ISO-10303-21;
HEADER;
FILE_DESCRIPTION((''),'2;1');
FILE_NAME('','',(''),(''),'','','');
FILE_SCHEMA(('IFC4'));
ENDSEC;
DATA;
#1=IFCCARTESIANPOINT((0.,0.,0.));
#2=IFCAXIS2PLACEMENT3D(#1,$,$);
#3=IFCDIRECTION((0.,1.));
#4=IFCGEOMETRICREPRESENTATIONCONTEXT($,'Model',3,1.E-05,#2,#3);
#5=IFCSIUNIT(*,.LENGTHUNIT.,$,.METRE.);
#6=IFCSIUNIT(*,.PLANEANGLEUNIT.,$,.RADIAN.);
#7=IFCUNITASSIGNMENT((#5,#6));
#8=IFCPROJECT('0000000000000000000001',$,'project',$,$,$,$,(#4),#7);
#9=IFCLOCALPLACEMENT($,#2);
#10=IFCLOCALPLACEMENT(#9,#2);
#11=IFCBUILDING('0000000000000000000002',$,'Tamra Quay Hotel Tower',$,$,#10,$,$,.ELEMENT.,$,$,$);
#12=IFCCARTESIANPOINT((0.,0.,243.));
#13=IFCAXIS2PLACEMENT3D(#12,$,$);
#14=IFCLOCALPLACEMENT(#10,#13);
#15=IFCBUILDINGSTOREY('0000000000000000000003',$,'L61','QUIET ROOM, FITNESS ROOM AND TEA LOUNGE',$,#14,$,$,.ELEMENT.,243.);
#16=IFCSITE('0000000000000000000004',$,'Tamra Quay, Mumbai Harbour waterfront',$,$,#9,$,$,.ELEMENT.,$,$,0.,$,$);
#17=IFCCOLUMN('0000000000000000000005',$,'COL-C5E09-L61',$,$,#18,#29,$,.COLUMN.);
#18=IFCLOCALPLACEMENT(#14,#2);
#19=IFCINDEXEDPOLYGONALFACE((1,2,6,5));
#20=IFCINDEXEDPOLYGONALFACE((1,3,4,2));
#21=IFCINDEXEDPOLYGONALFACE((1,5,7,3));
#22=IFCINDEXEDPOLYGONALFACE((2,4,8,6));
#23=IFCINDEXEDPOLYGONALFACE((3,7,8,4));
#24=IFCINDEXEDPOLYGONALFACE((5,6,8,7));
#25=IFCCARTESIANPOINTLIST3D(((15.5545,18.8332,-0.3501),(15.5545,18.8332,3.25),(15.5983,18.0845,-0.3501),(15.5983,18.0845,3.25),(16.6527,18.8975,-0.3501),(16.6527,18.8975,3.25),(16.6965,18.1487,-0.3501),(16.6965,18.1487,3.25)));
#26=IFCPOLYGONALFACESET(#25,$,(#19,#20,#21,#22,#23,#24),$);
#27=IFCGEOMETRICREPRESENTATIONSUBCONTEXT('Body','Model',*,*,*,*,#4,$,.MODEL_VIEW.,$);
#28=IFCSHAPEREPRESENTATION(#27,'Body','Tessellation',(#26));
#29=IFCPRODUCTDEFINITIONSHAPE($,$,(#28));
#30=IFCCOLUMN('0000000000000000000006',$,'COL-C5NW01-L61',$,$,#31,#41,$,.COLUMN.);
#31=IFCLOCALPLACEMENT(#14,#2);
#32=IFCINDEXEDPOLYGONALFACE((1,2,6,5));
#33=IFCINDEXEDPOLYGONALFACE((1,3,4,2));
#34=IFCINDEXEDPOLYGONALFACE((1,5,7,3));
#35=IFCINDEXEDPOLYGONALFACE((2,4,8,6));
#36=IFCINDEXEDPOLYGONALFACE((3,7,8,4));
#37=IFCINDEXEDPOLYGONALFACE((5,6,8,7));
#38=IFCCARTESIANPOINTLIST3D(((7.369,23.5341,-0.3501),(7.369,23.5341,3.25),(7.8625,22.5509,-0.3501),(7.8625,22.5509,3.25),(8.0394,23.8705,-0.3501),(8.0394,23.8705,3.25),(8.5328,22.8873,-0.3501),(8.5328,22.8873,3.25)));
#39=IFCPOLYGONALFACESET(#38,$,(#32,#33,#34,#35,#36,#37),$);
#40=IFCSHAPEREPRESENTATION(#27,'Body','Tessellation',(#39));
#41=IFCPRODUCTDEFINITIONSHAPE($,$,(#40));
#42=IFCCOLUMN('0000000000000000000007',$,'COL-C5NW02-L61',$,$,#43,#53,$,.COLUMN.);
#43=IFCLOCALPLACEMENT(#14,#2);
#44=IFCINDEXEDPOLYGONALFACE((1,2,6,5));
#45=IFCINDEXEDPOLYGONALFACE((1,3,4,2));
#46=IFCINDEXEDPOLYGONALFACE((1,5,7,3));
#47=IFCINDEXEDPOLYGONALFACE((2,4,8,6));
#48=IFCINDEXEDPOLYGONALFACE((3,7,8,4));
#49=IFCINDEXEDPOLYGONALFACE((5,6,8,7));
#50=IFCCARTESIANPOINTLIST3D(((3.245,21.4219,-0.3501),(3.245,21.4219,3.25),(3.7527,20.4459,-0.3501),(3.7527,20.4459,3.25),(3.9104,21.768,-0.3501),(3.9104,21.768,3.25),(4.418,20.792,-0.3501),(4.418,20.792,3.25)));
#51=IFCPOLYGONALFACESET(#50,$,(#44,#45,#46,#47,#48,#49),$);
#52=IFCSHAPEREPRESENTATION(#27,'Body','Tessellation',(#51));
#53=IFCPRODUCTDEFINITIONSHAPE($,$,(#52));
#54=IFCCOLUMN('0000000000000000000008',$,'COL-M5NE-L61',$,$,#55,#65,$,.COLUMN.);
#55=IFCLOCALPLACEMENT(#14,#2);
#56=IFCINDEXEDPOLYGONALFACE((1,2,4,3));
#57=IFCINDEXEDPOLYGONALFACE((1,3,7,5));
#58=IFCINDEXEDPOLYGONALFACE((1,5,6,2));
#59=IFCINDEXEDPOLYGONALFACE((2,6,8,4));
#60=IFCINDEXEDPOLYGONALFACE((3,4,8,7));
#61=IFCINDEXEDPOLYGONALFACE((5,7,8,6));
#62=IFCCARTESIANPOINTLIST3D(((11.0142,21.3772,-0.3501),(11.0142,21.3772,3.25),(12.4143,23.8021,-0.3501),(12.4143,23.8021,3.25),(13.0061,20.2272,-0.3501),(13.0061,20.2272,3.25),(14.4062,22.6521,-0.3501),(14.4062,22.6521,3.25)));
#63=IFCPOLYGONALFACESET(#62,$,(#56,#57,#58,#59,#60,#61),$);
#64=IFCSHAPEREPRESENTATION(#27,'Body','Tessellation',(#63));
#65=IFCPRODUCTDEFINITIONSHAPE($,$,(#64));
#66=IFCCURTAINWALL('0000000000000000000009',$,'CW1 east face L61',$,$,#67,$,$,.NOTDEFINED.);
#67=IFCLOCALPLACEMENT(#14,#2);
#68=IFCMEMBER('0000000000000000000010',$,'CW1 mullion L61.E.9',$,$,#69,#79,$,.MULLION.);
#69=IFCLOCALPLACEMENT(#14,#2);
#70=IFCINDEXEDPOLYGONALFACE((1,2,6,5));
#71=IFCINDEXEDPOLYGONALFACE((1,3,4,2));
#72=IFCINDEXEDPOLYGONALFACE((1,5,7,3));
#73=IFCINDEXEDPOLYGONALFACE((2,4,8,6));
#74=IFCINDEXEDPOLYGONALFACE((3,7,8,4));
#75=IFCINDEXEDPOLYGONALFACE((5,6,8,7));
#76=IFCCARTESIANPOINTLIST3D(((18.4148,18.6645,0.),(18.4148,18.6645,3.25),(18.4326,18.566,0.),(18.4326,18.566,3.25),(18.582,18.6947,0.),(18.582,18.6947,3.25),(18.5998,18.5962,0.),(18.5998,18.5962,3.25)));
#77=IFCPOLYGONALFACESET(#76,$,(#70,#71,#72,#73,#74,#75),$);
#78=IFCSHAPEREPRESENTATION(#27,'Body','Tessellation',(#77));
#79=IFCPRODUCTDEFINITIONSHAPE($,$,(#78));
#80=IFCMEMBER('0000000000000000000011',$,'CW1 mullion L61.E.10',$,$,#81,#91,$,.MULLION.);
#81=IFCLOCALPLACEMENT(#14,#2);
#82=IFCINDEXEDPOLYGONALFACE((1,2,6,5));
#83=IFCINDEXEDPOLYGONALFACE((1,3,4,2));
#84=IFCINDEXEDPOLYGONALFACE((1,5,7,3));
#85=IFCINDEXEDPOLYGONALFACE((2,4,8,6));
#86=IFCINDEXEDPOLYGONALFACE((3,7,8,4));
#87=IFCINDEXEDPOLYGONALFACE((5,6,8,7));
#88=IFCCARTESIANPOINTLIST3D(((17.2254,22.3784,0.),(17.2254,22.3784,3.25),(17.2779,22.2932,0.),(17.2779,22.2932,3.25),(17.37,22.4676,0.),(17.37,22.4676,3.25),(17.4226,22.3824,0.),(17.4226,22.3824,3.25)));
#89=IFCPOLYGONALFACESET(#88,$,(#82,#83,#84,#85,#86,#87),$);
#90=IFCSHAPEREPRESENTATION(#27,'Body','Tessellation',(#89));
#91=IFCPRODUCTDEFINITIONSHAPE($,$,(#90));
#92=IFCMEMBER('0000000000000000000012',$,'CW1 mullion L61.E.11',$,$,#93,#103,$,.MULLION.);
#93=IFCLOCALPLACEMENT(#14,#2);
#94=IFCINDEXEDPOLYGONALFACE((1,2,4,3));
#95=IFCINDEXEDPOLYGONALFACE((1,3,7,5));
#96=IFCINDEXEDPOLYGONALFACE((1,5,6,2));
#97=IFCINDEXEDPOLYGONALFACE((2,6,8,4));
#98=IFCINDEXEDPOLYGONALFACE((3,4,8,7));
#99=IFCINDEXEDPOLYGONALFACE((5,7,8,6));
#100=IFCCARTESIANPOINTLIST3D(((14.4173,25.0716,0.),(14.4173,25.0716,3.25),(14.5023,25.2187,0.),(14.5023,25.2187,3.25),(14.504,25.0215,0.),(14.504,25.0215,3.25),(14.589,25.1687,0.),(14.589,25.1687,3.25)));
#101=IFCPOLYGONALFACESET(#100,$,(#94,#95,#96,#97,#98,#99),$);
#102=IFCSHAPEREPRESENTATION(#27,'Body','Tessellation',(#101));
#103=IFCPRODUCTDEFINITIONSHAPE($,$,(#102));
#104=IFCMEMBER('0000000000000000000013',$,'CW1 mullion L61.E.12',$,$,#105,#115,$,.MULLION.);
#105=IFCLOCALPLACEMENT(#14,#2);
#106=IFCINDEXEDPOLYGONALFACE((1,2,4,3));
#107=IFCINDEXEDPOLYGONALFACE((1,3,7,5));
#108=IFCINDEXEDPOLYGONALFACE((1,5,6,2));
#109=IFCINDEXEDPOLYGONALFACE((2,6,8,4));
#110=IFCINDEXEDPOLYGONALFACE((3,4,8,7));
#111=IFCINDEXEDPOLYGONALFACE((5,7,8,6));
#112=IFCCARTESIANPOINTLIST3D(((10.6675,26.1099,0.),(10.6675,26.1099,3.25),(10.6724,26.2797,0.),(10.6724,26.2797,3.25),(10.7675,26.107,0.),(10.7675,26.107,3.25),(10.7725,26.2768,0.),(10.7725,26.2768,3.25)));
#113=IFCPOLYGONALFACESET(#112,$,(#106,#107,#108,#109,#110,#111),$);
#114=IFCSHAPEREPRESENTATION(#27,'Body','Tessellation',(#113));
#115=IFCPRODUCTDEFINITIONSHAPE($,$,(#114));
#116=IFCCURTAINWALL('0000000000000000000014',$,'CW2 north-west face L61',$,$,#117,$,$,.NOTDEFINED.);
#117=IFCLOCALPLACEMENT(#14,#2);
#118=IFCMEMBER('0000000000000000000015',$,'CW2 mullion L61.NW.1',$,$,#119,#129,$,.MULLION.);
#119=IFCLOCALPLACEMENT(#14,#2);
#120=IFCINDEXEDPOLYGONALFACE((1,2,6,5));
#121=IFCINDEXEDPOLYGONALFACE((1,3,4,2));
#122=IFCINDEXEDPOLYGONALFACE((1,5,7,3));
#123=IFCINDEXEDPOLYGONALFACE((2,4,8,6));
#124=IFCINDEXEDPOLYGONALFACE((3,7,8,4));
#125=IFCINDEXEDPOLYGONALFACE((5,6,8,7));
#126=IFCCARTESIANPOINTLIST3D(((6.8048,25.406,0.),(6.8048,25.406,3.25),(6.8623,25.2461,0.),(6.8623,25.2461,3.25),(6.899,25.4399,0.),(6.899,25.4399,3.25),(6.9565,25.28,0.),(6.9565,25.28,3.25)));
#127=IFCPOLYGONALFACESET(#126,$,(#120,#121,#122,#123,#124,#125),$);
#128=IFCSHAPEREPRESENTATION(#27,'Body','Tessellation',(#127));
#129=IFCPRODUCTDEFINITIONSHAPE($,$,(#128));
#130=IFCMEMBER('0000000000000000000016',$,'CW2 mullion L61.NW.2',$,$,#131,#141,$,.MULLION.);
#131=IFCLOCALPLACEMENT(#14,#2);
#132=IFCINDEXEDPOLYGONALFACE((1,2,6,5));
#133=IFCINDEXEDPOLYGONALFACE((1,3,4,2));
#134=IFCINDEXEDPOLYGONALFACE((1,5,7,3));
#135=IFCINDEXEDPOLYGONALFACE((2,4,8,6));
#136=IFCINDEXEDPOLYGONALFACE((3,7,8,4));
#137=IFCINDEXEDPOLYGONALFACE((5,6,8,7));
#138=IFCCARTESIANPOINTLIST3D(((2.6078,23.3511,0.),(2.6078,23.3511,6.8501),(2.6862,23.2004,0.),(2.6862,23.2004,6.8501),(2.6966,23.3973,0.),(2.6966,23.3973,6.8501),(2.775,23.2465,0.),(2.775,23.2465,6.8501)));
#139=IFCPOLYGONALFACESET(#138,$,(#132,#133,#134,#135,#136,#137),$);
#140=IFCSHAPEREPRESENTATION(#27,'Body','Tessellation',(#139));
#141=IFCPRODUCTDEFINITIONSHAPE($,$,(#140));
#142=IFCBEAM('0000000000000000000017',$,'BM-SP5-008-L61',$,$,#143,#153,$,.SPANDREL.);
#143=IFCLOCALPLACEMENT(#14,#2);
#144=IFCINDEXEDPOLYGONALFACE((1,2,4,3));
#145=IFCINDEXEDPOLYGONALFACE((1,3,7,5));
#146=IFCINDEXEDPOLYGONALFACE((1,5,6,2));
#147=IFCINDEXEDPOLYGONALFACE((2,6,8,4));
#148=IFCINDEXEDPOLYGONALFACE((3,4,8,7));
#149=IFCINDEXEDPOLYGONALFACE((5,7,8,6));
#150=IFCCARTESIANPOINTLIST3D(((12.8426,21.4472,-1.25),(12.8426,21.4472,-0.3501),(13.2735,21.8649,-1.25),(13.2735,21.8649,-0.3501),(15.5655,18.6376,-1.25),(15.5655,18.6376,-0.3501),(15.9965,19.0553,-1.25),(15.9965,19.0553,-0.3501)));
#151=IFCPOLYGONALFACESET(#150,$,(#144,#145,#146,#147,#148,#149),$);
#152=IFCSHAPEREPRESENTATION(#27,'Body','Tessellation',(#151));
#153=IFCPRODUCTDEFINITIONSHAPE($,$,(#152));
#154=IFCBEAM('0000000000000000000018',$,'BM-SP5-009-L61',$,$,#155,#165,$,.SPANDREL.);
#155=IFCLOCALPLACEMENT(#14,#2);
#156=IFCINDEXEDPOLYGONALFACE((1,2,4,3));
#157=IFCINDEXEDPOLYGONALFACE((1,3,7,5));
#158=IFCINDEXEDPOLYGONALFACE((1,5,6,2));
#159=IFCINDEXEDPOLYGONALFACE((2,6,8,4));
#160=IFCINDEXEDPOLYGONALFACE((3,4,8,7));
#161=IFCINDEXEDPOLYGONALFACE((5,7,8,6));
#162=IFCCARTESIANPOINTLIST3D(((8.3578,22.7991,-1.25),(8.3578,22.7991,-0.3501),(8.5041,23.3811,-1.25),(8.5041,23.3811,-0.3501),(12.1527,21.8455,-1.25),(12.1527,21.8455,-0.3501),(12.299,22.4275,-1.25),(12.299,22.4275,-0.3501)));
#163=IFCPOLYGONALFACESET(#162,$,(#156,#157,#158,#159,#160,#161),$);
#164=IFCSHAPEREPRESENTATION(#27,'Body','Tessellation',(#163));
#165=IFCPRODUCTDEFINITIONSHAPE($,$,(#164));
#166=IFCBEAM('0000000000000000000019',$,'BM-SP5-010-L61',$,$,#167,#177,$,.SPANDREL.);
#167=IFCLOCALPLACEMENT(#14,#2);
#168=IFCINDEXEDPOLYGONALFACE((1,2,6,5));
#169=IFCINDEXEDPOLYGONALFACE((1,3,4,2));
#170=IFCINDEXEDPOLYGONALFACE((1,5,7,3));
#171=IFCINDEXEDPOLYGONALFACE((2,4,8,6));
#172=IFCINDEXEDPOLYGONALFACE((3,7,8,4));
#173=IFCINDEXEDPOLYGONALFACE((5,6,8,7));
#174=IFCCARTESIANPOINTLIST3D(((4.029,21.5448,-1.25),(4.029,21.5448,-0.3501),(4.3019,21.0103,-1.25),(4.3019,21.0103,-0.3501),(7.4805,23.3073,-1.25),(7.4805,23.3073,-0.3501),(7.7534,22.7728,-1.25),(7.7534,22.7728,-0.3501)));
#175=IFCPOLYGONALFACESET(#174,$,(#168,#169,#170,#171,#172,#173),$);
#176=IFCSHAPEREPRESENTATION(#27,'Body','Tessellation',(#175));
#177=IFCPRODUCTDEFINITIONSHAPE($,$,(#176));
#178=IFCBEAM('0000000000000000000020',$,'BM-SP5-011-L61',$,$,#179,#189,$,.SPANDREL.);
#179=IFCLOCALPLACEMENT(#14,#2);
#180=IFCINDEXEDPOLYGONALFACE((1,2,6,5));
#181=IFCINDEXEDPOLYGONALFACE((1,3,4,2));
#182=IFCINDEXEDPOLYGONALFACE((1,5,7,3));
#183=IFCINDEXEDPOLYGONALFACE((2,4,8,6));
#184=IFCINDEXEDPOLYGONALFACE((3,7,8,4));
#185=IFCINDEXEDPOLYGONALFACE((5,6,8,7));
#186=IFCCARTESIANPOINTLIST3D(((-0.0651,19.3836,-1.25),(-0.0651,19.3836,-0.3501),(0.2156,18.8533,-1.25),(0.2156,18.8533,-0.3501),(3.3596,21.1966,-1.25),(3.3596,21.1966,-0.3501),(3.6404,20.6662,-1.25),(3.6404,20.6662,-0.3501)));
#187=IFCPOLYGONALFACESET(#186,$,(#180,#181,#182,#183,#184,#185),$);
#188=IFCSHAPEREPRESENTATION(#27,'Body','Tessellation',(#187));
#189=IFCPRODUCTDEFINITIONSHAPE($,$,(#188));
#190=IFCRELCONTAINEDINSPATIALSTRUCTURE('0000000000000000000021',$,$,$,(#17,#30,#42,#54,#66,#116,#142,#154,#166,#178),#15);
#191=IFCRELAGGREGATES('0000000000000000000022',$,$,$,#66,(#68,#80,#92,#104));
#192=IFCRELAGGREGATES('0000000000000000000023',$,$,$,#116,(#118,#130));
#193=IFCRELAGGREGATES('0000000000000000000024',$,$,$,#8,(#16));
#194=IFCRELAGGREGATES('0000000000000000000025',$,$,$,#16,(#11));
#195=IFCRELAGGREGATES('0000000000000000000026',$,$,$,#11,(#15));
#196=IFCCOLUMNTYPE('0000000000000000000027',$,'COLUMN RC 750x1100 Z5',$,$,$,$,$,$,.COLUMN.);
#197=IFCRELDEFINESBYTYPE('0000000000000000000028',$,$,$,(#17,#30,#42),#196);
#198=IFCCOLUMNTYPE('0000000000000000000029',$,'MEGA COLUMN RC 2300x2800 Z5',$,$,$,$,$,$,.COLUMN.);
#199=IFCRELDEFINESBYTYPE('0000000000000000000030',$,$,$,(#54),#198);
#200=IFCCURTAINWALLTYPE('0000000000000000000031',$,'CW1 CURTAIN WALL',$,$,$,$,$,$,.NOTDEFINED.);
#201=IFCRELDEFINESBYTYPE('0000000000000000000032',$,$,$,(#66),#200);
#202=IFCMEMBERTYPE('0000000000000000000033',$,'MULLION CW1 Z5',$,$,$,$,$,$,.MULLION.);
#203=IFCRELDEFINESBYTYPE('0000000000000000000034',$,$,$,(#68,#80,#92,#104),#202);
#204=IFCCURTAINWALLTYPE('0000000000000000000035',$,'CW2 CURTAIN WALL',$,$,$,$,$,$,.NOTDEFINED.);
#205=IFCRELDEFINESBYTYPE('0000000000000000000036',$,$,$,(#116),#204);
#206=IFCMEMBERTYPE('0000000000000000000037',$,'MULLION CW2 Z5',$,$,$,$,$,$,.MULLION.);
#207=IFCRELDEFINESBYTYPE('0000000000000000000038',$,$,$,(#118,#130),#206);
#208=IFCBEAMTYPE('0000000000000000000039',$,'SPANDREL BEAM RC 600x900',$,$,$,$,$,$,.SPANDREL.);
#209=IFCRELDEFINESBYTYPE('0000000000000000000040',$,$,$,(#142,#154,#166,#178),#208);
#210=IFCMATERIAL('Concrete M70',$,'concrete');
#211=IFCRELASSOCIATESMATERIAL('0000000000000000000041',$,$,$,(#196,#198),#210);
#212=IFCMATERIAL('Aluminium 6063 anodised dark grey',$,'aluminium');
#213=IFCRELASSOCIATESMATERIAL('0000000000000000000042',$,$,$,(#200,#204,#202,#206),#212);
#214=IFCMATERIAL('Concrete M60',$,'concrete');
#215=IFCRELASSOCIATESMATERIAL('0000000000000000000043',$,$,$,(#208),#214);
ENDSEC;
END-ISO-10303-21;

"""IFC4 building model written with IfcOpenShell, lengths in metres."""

from ifc_helpers import new_model, si_unit, direction, frame, origin, origin_2d, place, context, subcontext, project, spatial, rectangle, extrude, material, material_profile, profile_set, type_object, element, aggregate, save


model = new_model("IFC4")

# Units and contexts
model_context = context("Model", 3, precision=1e-05, world=origin(), true_north=direction((0.0, 1.0)))
body_context = subcontext(model_context, "Body", "Model", "MODEL_VIEW")
ifc_project = project(units=[si_unit("LENGTHUNIT", "METRE"), si_unit("PLANEANGLEUNIT", "RADIAN")], contexts=[model_context])

# Site, building, storey
site_placement = place(None, origin())
site = spatial("IfcSite", under=ifc_project, at=site_placement, Name="Tamra Quay, Mumbai Harbour waterfront", CompositionType="ELEMENT", RefElevation=0.0)
building_placement = place(site_placement, origin())
building = spatial("IfcBuilding", under=site, at=building_placement, Name="Tamra Quay Hotel Tower", CompositionType="ELEMENT")
storey_placement = place(building_placement, frame((0.0, 0.0, 243.0)))
storey = spatial("IfcBuildingStorey", under=building, at=storey_placement, Name="L61", Description="QUIET ROOM, FITNESS ROOM AND TEA LOUNGE", CompositionType="ELEMENT", Elevation=243.0)

# Columns
ifc_material_1 = material(Name="Concrete M70", Category="concrete")
ifc_material_profile_1 = material_profile(ifc_material_1, rectangle(XDim=1.1001, YDim=0.75, at=origin_2d()), Name="COLUMN RC 750x1100 Z5")
ifc_profile_set_1 = profile_set([ifc_material_profile_1], Name="Concrete M70")
column_type_1 = type_object("IfcColumnType", Name="COLUMN RC 750x1100 Z5", PredefinedType="COLUMN", material=ifc_profile_set_1)
for number, where, z_axis, x_axis, name in (
    (1, (16.1255, 18.491, -0.3501), (0.0, 0.0, 1.0), (0.998292, 0.05842, 0.0), "COL-C5E09-L61"),
    (2, (7.9509, 23.2107, -0.3501), (0.0, 0.0, 1.0), (-0.448553, 0.893756, 0.0), "COL-C5NW01-L61"),
    (3, (3.8315, 21.1069, -0.3501), (0.0, 0.0, 1.0), (-0.461448, 0.887167, 0.0), "COL-C5NW02-L61"),
):
    element("IfcColumn", number, at=place(storey_placement, frame(where, z_axis=z_axis, x_axis=x_axis)), inside=storey, type_object=column_type_1, Name=name, PredefinedType="COLUMN", context=body_context, shape_type="SweptSolid", body=[
        extrude(rectangle(XDim=1.1001, YDim=0.75, at=origin_2d()), origin(), (0.0, 0.0, 1.0), 3.6001),
    ])
ifc_material_profile_2 = material_profile(ifc_material_1, rectangle(XDim=2.8, YDim=2.3, at=origin_2d()), Name="MEGA COLUMN RC 2300x2800 Z5")
ifc_profile_set_2 = profile_set([ifc_material_profile_2], Name="Concrete M70")
column_type_2 = type_object("IfcColumnType", Name="MEGA COLUMN RC 2300x2800 Z5", PredefinedType="COLUMN", material=ifc_profile_set_2)
column_placement = place(storey_placement, frame((12.7102, 22.0146, -0.3501), z_axis=(0.0, 0.0, 1.0), x_axis=(0.5, 0.866025, 0.0)))
element("IfcColumn", 4, at=column_placement, inside=storey, type_object=column_type_2, Name="COL-M5NE-L61", PredefinedType="COLUMN", context=body_context, shape_type="SweptSolid", body=[
    extrude(rectangle(XDim=2.8, YDim=2.3, at=origin_2d()), origin(), (0.0, 0.0, 1.0), 3.6001),
])

# Curtain walls, members
ifc_material_2 = material(Name="Aluminium 6063 anodised dark grey", Category="aluminium")
curtain_wall_type_1 = type_object("IfcCurtainWallType", Name="CW1 CURTAIN WALL", PredefinedType="NOTDEFINED", material=ifc_material_2)
curtain_wall_1_placement = place(storey_placement, origin())
curtain_wall_1 = element("IfcCurtainWall", 5, at=curtain_wall_1_placement, inside=storey, type_object=curtain_wall_type_1, Name="CW1 east face L61", PredefinedType="NOTDEFINED")
ifc_material_profile_3 = material_profile(ifc_material_2, rectangle(XDim=0.1699, YDim=0.1001, at=origin_2d()), Name="MULLION 100X170")
ifc_profile_set_3 = profile_set([ifc_material_profile_3], Name="Aluminium 6063 anodised dark grey")
member_type_1 = type_object("IfcMemberType", Name="MULLION CW1 Z5", PredefinedType="MULLION", material=ifc_profile_set_3)
member_1_placement = place(storey_placement, frame((18.5073, 18.6304, 0.0), z_axis=(0.0, 0.0, 1.0), x_axis=(0.984105, 0.177586, 0.0)))
member_1 = element("IfcMember", 6, at=member_1_placement, type_object=member_type_1, Name="CW1 mullion L61.E.9", PredefinedType="MULLION", context=body_context, shape_type="SweptSolid", body=[
    extrude(rectangle(XDim=0.1699, YDim=0.1001, at=origin_2d()), origin(), (0.0, 0.0, 1.0), 3.25),
])
member_2_placement = place(storey_placement, frame((17.324, 22.3804, 0.0), z_axis=(0.0, 0.0, 1.0), x_axis=(0.851044, 0.525094, 0.0)))
member_2 = element("IfcMember", 7, at=member_2_placement, type_object=member_type_1, Name="CW1 mullion L61.E.10", PredefinedType="MULLION", context=body_context, shape_type="SweptSolid", body=[
    extrude(rectangle(XDim=0.1699, YDim=0.1001, at=origin_2d()), origin(), (0.0, 0.0, 1.0), 3.25),
])
member_3_placement = place(storey_placement, frame((14.5032, 25.1201, 0.0), z_axis=(0.0, 0.0, 1.0), x_axis=(0.5, 0.866025, 0.0)))
member_3 = element("IfcMember", 8, at=member_3_placement, type_object=member_type_1, Name="CW1 mullion L61.E.11", PredefinedType="MULLION", context=body_context, shape_type="SweptSolid", body=[
    extrude(rectangle(XDim=0.1699, YDim=0.1001, at=origin_2d()), origin(), (0.0, 0.0, 1.0), 3.25),
])
member_4_placement = place(storey_placement, frame((10.72, 26.1934, 0.0), z_axis=(0.0, 0.0, 1.0), x_axis=(0.029223, 0.999573, 0.0)))
member_4 = element("IfcMember", 9, at=member_4_placement, type_object=member_type_1, Name="CW1 mullion L61.E.12", PredefinedType="MULLION", context=body_context, shape_type="SweptSolid", body=[
    extrude(rectangle(XDim=0.1699, YDim=0.1001, at=origin_2d()), origin(), (0.0, 0.0, 1.0), 3.25),
])
curtain_wall_type_2 = type_object("IfcCurtainWallType", Name="CW2 CURTAIN WALL", PredefinedType="NOTDEFINED", material=ifc_material_2)
curtain_wall_2_placement = place(storey_placement, origin())
curtain_wall_2 = element("IfcCurtainWall", 10, at=curtain_wall_2_placement, inside=storey, type_object=curtain_wall_type_2, Name="CW2 north-west face L61", PredefinedType="NOTDEFINED")
ifc_material_profile_4 = material_profile(ifc_material_2, rectangle(XDim=0.1699, YDim=0.1001, at=origin_2d()), Name="MULLION 100X170")
ifc_profile_set_4 = profile_set([ifc_material_profile_4], Name="Aluminium 6063 anodised dark grey")
member_type_2 = type_object("IfcMemberType", Name="MULLION CW2 Z5", PredefinedType="MULLION", material=ifc_profile_set_4)
member_5_placement = place(storey_placement, frame((6.8806, 25.343, 0.0), z_axis=(0.0, 0.0, 1.0), x_axis=(-0.338259, 0.941053, 0.0)))
member_5 = element("IfcMember", 11, at=member_5_placement, type_object=member_type_2, Name="CW2 mullion L61.NW.1", PredefinedType="MULLION", context=body_context, shape_type="SweptSolid", body=[
    extrude(rectangle(XDim=0.1699, YDim=0.1001, at=origin_2d()), origin(), (0.0, 0.0, 1.0), 3.25),
])
member_6_placement = place(storey_placement, frame((2.6914, 23.2988, 0.0), z_axis=(0.0, 0.0, 1.0), x_axis=(-0.461344, 0.887221, 0.0)))
member_6 = element("IfcMember", 12, at=member_6_placement, type_object=member_type_2, Name="CW2 mullion L61.NW.2", PredefinedType="MULLION", context=body_context, shape_type="SweptSolid", body=[
    extrude(rectangle(XDim=0.1699, YDim=0.1001, at=origin_2d()), origin(), (0.0, 0.0, 1.0), 6.8501),
])

# Beams
ifc_material_3 = material(Name="Concrete M60", Category="concrete")
ifc_material_profile_5 = material_profile(ifc_material_3, rectangle(XDim=0.6001, YDim=0.8999, at=origin_2d()), Name="SPANDREL BEAM RC 600x900")
ifc_profile_set_5 = profile_set([ifc_material_profile_5], Name="Concrete M60")
beam_type = type_object("IfcBeamType", Name="SPANDREL BEAM RC 600x900", PredefinedType="SPANDREL", material=ifc_profile_set_5)
beam_1_placement = place(storey_placement, frame((15.781, 18.8464, -0.8), z_axis=(-0.695944, 0.718096, 0.0), x_axis=(-0.718096, -0.695944, 0.0)))
element("IfcBeam", 13, at=beam_1_placement, inside=storey, type_object=beam_type, Name="BM-SP5-008-L61", PredefinedType="SPANDREL", context=body_context, shape_type="SweptSolid", body=[
    extrude(rectangle(XDim=0.6001, YDim=0.8999, at=origin_2d()), origin(), (0.0, 0.0, 1.0), 3.9126),
])
beam_2_placement = place(storey_placement, frame((12.2258, 22.1365, -0.8), z_axis=(-0.969848, 0.24371, 0.0), x_axis=(-0.24371, -0.969848, 0.0)))
element("IfcBeam", 14, at=beam_2_placement, inside=storey, type_object=beam_type, Name="BM-SP5-009-L61", PredefinedType="SPANDREL", context=body_context, shape_type="SweptSolid", body=[
    extrude(rectangle(XDim=0.6001, YDim=0.8999, at=origin_2d()), origin(), (0.0, 0.0, 1.0), 3.9128),
])
beam_3_placement = place(storey_placement, frame((7.6169, 23.04, -0.8), z_axis=(-0.890603, -0.454782, 0.0), x_axis=(0.454782, -0.890603, 0.0)))
element("IfcBeam", 15, at=beam_3_placement, inside=storey, type_object=beam_type, Name="BM-SP5-010-L61", PredefinedType="SPANDREL", context=body_context, shape_type="SweptSolid", body=[
    extrude(rectangle(XDim=0.6001, YDim=0.8999, at=origin_2d()), origin(), (0.0, 0.0, 1.0), 3.8755),
])
beam_4_placement = place(storey_placement, frame((3.5, 20.9314, -0.8), z_axis=(-0.883803, -0.467859, 0.0), x_axis=(0.467859, -0.883803, 0.0)))
element("IfcBeam", 16, at=beam_4_placement, inside=storey, type_object=beam_type, Name="BM-SP5-011-L61", PredefinedType="SPANDREL", context=body_context, shape_type="SweptSolid", body=[
    extrude(rectangle(XDim=0.6001, YDim=0.8999, at=origin_2d()), origin(), (0.0, 0.0, 1.0), 3.875),
])

aggregate(curtain_wall_1, [member_1, member_2, member_3, member_4])
aggregate(curtain_wall_2, [member_5, member_6])

save(model, "model.ifc")
